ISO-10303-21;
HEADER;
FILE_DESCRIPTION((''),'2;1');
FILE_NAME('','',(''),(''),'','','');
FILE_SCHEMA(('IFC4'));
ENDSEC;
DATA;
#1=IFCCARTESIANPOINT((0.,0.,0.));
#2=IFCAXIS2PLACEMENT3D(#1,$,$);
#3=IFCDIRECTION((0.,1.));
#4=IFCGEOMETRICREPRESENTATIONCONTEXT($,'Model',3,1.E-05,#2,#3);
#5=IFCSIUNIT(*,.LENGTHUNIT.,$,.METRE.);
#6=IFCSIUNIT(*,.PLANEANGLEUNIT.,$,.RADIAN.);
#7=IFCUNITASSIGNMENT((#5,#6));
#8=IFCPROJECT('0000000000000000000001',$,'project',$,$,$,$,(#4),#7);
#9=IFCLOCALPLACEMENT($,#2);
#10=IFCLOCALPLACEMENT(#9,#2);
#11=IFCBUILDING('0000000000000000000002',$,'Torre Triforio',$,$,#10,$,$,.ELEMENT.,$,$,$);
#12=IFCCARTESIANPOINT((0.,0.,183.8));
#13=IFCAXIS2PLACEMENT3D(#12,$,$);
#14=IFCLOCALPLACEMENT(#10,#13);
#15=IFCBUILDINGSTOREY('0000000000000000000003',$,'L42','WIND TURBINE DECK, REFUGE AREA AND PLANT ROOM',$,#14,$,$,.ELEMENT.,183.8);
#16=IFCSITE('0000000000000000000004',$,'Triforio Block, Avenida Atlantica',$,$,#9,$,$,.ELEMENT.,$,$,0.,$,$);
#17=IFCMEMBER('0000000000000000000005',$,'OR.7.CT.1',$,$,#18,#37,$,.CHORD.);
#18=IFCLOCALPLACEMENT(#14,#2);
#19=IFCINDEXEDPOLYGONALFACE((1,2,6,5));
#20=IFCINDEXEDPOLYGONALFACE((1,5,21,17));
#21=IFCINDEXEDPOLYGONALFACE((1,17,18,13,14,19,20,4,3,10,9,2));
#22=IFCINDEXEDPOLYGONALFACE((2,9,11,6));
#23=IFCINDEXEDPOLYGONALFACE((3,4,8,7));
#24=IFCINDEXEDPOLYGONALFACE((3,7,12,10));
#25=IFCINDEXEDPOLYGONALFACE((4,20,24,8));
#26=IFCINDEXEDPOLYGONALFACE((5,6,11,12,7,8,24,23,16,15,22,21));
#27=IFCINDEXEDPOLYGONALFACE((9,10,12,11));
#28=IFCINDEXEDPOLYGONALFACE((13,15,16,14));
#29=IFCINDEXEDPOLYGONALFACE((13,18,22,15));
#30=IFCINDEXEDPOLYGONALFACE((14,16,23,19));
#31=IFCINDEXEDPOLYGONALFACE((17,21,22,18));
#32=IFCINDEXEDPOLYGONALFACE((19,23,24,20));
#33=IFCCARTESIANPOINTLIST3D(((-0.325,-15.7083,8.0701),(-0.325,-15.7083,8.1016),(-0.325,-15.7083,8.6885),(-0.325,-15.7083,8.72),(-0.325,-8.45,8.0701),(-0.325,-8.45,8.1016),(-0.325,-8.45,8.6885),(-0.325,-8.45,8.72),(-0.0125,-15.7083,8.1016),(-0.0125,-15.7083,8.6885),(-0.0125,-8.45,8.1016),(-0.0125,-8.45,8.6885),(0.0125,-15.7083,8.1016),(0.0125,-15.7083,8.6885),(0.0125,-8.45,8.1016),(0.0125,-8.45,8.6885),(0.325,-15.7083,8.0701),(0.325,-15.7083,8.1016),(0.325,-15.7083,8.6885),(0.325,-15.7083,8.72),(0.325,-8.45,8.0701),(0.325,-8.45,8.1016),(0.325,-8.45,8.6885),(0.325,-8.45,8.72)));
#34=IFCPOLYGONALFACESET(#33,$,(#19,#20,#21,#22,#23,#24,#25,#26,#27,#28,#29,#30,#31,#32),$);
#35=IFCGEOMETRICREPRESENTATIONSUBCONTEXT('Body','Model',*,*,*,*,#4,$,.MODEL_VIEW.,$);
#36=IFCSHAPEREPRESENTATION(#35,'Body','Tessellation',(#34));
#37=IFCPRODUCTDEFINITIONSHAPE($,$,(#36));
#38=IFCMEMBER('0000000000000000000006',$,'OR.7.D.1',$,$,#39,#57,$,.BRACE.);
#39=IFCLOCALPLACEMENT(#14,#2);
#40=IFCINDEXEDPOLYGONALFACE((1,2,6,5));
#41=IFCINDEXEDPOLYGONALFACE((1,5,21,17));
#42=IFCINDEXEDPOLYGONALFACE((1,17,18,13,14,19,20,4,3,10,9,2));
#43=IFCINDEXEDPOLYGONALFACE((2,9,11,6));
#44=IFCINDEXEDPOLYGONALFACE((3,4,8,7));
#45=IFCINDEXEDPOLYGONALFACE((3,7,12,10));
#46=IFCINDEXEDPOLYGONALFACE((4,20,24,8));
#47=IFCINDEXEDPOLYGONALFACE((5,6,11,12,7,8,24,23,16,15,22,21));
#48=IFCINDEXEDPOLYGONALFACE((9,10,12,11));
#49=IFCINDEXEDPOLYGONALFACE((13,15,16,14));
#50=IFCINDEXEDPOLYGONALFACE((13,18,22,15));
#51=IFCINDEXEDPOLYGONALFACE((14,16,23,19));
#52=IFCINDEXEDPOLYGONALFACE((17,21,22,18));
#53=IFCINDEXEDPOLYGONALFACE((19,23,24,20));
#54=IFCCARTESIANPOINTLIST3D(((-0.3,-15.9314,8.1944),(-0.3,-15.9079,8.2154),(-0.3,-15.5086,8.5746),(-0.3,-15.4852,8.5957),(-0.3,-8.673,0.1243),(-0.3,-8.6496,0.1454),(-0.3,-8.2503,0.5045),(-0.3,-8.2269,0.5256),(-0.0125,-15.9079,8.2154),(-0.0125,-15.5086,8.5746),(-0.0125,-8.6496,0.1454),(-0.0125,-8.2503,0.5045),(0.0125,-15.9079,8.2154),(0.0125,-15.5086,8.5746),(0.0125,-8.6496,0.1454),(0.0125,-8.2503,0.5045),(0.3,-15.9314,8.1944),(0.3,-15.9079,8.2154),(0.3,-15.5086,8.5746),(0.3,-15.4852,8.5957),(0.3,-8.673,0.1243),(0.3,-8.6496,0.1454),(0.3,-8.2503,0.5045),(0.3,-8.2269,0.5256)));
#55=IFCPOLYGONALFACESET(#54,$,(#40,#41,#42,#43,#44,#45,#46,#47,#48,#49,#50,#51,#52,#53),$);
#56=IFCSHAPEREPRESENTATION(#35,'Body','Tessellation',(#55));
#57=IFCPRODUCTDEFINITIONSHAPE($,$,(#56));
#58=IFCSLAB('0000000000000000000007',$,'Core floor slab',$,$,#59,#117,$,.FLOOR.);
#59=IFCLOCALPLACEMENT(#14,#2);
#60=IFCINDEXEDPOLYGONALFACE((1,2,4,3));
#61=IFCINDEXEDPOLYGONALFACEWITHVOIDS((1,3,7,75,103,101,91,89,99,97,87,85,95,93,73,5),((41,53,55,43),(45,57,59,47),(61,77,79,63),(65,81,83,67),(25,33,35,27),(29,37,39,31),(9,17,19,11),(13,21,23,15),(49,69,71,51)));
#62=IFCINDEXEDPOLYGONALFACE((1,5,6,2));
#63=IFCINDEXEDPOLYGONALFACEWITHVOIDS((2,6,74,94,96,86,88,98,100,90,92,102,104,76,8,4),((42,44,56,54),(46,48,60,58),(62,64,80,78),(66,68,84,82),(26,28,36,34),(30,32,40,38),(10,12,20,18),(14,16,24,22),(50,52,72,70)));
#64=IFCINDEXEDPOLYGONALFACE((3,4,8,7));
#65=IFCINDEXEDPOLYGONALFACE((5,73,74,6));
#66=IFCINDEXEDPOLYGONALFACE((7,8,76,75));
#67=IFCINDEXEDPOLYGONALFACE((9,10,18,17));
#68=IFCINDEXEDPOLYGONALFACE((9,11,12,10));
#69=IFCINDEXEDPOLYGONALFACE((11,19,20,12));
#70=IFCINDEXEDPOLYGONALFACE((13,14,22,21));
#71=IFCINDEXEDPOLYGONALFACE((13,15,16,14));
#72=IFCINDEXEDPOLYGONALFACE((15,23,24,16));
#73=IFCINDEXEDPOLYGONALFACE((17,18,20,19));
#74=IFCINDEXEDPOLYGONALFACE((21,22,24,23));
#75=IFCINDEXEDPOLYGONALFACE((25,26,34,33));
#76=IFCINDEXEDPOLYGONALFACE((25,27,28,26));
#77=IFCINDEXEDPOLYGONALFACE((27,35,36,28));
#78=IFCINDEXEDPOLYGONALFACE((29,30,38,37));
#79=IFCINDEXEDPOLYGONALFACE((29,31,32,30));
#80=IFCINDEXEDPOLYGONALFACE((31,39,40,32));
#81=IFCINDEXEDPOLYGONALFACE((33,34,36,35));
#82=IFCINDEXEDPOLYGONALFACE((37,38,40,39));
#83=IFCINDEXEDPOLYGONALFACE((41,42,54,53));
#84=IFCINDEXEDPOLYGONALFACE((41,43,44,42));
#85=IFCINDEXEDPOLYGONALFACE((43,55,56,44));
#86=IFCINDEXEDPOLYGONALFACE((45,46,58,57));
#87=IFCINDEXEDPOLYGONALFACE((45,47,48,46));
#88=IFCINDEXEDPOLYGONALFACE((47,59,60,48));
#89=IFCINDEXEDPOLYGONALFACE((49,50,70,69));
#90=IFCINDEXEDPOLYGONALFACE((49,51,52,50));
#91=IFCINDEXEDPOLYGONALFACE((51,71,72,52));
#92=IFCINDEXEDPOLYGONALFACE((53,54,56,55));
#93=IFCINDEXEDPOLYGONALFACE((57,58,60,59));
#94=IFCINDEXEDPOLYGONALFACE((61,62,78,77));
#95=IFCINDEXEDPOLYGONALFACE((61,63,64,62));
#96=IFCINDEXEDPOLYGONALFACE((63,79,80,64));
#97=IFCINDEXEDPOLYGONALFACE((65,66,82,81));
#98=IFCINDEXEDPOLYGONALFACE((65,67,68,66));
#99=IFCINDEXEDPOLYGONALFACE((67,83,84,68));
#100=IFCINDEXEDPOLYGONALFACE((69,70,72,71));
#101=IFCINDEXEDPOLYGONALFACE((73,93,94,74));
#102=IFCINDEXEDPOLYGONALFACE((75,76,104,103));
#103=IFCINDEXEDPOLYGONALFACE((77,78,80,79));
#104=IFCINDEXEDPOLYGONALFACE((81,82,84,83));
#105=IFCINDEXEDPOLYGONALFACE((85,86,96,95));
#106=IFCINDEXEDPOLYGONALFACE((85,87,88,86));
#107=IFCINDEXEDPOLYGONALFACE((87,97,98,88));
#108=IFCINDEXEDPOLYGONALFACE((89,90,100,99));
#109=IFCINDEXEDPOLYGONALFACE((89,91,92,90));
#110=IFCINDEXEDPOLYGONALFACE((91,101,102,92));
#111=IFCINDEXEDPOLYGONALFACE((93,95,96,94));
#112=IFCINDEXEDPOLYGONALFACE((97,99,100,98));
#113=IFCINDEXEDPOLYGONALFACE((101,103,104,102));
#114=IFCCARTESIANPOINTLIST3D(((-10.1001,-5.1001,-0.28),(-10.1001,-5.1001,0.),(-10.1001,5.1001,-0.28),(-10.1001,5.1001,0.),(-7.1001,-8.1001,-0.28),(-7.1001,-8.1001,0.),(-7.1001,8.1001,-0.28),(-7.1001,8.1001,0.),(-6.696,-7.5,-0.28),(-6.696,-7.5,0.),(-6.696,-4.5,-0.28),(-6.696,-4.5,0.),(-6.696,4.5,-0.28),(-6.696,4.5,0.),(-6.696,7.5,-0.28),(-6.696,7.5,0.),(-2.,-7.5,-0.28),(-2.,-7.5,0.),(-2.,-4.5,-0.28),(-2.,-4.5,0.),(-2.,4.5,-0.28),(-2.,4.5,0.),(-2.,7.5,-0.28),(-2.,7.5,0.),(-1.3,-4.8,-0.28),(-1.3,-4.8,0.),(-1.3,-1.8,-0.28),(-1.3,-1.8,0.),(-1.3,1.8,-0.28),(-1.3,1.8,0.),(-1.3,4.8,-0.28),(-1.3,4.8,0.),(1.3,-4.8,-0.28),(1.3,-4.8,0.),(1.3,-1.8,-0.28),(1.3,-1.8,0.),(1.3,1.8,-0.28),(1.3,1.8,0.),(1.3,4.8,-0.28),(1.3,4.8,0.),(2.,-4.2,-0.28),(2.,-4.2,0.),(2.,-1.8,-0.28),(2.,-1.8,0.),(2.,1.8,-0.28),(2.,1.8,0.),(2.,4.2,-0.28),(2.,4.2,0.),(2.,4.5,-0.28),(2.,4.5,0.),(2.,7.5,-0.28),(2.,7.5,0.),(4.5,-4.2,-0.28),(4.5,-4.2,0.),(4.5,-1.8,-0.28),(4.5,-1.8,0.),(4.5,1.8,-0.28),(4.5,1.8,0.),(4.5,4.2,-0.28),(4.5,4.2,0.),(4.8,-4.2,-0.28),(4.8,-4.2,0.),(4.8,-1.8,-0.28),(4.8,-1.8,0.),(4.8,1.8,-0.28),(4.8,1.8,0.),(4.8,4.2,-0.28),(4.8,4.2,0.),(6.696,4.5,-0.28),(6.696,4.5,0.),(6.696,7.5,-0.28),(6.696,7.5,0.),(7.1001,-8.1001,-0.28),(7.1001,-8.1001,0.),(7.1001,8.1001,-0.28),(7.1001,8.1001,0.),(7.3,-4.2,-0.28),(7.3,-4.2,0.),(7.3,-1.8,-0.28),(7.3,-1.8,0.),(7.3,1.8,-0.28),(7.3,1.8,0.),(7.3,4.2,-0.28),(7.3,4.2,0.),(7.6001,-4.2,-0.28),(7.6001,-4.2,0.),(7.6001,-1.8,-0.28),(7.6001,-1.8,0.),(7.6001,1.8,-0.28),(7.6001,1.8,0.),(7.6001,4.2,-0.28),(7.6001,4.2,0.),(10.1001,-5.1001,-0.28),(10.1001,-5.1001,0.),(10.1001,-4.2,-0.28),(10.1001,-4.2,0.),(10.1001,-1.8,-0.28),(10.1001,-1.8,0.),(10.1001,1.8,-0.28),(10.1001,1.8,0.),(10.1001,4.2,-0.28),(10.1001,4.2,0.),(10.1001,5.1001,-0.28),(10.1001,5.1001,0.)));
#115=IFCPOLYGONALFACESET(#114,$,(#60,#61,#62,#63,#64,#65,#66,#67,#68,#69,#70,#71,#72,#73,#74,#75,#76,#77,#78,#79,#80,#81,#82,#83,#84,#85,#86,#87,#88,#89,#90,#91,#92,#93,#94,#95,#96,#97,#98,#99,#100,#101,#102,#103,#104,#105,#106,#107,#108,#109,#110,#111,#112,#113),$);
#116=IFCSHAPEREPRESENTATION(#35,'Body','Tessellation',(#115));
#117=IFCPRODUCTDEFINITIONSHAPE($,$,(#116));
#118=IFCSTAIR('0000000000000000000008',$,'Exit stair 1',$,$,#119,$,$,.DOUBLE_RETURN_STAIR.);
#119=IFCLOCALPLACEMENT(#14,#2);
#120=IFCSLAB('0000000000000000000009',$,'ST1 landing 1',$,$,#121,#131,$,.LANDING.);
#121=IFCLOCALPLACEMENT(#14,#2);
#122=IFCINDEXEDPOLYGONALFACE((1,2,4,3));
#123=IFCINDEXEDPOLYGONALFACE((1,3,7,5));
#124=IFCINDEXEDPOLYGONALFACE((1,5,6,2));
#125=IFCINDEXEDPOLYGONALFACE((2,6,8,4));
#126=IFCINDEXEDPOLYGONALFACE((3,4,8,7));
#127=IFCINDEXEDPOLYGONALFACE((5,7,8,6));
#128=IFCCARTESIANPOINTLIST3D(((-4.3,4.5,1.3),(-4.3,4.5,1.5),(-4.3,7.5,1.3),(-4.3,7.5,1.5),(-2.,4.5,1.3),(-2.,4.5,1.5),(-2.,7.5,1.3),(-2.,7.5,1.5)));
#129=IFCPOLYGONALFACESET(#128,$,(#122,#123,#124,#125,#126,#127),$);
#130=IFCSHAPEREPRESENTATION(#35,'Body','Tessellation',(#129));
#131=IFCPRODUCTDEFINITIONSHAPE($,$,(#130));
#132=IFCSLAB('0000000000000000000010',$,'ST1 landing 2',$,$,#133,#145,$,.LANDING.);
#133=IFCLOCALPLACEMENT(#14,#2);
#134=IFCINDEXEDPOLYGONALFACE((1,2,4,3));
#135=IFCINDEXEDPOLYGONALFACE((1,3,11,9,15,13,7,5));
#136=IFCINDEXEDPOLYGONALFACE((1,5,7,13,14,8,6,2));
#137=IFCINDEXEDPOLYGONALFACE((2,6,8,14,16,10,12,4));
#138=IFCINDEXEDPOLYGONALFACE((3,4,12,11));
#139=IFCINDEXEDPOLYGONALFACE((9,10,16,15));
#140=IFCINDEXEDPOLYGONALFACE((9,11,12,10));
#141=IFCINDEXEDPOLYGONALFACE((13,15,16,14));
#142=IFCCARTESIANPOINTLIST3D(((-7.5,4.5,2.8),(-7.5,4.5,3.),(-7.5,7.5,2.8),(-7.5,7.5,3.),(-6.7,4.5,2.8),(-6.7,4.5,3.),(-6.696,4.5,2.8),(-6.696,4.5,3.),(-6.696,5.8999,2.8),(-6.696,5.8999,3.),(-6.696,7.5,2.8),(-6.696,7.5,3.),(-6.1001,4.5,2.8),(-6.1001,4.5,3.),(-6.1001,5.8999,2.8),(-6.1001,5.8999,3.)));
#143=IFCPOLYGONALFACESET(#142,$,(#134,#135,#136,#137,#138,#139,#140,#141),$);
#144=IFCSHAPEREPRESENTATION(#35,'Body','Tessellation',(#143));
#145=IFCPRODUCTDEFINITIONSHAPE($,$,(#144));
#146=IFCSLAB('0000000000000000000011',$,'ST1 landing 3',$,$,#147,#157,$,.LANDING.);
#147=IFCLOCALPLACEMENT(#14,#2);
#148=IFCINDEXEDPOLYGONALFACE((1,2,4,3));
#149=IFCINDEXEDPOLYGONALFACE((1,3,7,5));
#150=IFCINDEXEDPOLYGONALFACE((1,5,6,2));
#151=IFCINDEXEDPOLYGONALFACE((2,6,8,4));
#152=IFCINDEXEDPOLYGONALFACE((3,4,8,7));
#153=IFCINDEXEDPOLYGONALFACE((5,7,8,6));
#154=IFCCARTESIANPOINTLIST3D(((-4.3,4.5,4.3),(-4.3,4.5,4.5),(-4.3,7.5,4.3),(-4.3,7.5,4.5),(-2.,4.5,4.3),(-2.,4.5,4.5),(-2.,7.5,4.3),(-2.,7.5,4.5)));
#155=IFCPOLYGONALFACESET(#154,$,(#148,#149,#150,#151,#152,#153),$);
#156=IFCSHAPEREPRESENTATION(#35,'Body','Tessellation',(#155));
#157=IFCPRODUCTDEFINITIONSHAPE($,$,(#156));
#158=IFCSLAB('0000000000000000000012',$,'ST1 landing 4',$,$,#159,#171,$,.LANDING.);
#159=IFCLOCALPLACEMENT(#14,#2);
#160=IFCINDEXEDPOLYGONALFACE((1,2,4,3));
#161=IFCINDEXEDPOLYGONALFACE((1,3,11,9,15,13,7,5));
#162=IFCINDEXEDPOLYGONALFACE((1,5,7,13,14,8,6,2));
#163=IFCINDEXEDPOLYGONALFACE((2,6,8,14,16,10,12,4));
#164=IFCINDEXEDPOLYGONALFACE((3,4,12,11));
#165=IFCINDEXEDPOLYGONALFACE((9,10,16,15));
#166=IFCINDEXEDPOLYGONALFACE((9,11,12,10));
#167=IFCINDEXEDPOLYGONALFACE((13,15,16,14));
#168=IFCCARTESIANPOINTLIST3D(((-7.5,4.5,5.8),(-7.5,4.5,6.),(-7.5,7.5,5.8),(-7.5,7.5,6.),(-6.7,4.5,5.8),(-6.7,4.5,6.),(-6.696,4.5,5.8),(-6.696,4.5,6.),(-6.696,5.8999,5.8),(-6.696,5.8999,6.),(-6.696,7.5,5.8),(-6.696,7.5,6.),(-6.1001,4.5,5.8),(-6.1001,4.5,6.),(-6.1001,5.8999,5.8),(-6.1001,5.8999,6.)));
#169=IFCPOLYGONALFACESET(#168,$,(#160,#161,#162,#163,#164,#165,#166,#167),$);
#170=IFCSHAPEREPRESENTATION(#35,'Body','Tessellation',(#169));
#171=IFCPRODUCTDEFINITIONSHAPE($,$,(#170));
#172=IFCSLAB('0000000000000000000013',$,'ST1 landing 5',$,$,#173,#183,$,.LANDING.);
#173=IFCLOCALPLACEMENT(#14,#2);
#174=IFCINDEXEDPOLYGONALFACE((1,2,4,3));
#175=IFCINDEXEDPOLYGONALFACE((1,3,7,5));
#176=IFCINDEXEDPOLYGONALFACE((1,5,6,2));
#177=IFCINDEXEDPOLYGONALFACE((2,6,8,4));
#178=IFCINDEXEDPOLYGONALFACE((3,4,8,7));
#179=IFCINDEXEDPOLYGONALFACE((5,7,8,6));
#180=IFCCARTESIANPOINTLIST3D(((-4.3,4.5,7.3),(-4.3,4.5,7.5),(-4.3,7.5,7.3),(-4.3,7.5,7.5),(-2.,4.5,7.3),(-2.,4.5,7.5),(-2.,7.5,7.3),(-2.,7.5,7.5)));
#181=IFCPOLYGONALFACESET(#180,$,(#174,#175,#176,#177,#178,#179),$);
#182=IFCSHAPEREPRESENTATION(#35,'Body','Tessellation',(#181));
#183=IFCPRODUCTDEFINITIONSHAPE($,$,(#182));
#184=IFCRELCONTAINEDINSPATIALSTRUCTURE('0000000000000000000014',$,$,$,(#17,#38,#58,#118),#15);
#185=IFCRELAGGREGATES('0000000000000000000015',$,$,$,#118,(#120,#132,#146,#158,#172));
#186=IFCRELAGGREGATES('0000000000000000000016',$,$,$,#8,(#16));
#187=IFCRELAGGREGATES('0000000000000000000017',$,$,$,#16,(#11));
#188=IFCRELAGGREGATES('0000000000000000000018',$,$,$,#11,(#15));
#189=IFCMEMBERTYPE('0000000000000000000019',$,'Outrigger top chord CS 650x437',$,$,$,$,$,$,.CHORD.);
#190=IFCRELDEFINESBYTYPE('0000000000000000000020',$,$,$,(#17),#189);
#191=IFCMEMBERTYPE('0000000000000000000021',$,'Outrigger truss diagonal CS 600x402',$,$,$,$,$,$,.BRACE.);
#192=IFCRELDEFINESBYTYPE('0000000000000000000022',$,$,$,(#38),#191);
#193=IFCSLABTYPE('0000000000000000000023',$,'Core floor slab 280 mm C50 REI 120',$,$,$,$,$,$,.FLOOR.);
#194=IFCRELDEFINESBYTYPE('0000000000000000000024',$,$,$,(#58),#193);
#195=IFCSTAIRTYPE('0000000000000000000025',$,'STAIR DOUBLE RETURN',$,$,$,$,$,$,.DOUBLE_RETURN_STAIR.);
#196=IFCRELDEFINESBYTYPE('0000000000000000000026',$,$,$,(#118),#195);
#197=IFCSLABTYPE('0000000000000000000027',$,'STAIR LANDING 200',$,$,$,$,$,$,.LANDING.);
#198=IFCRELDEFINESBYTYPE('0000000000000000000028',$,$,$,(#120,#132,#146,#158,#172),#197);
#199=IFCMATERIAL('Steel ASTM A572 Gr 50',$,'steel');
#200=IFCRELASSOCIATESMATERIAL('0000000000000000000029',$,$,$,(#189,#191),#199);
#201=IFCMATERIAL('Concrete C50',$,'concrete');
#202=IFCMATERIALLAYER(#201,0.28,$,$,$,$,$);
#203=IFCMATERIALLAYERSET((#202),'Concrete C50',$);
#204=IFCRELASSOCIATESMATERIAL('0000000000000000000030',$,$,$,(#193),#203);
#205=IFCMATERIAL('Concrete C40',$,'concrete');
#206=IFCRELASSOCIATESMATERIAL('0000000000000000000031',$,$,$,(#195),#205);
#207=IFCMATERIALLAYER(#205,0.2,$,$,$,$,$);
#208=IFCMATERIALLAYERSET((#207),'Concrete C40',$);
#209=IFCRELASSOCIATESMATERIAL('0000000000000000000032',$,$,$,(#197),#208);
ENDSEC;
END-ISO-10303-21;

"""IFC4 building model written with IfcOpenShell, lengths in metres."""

from ifc_helpers import new_model, si_unit, direction, frame, origin, origin_2d, place, context, subcontext, project, spatial, polyline, i_section, outline, extrude, material, layer, layer_set, material_profile, profile_set, type_object, element, aggregate, save


model = new_model("IFC4")

# Units and contexts
model_context = context("Model", 3, precision=1e-05, world=origin(), true_north=direction((0.0, 1.0)))
body_context = subcontext(model_context, "Body", "Model", "MODEL_VIEW")
ifc_project = project(units=[si_unit("LENGTHUNIT", "METRE"), si_unit("PLANEANGLEUNIT", "RADIAN")], contexts=[model_context])

# Site, building, storey
site_placement = place(None, origin())
site = spatial("IfcSite", under=ifc_project, at=site_placement, Name="Triforio Block, Avenida Atlantica", CompositionType="ELEMENT", RefElevation=0.0)
building_placement = place(site_placement, origin())
building = spatial("IfcBuilding", under=site, at=building_placement, Name="Torre Triforio", CompositionType="ELEMENT")
storey_placement = place(building_placement, frame((0.0, 0.0, 183.8)))
storey = spatial("IfcBuildingStorey", under=building, at=storey_placement, Name="L42", Description="WIND TURBINE DECK, REFUGE AREA AND PLANT ROOM", CompositionType="ELEMENT", Elevation=183.8)

# Members
ifc_material_1 = material(Name="Steel ASTM A572 Gr 50", Category="steel")
ifc_material_profile_1 = material_profile(ifc_material_1, i_section(OverallWidth=0.6499, OverallDepth=0.6499, WebThickness=0.0249, FlangeThickness=0.0315, at=origin_2d()), Name="CS 650x437")
ifc_profile_set_1 = profile_set([ifc_material_profile_1], Name="Steel ASTM A572 Gr 50")
member_type_1 = type_object("IfcMemberType", Name="Outrigger top chord CS 650x437", PredefinedType="CHORD", material=ifc_profile_set_1)
member_1_placement = place(storey_placement, frame((0.0, -8.45, 8.395), z_axis=(0.0, -1.0, 0.0), x_axis=(1.0, 0.0, 0.0)))
element("IfcMember", 1, at=member_1_placement, inside=storey, type_object=member_type_1, Name="OR.7.CT.1", PredefinedType="CHORD", context=body_context, shape_type="SweptSolid", body=[
    extrude(i_section(OverallWidth=0.6499, OverallDepth=0.6499, WebThickness=0.0249, FlangeThickness=0.0315, at=origin_2d()), origin(), (0.0, 0.0, 1.0), 7.2583),
])
ifc_material_profile_2 = material_profile(ifc_material_1, i_section(OverallWidth=0.6001, OverallDepth=0.6001, WebThickness=0.0249, FlangeThickness=0.0315, at=origin_2d()), Name="CS 600x402")
ifc_profile_set_2 = profile_set([ifc_material_profile_2], Name="Steel ASTM A572 Gr 50")
member_type_2 = type_object("IfcMemberType", Name="Outrigger truss diagonal CS 600x402", PredefinedType="BRACE", material=ifc_profile_set_2)
member_2_placement = place(storey_placement, frame((0.0, -8.45, 0.325), z_axis=(0.0, -0.668722, 0.743512), x_axis=(1.0, 0.0, 0.0)))
element("IfcMember", 2, at=member_2_placement, inside=storey, type_object=member_type_2, Name="OR.7.D.1", PredefinedType="BRACE", context=body_context, shape_type="SweptSolid", body=[
    extrude(i_section(OverallWidth=0.6001, OverallDepth=0.6001, WebThickness=0.0249, FlangeThickness=0.0315, at=origin_2d()), origin(), (0.0, 0.0, 1.0), 10.854),
])

# Slab
ifc_material_2 = material(Name="Concrete C50", Category="concrete")
ifc_layer_1 = layer(ifc_material_2, 0.28)
ifc_layer_set_1 = layer_set([ifc_layer_1], Name="Concrete C50")
slab_type_1 = type_object("IfcSlabType", Name="Core floor slab 280 mm C50 REI 120", PredefinedType="FLOOR", material=ifc_layer_set_1)
slab_1_placement = place(storey_placement, frame((0.0, 0.0, -0.28)))
element("IfcSlab", 3, at=slab_1_placement, inside=storey, type_object=slab_type_1, Name="Core floor slab", PredefinedType="FLOOR", context=body_context, shape_type="SweptSolid", body=[
    extrude(outline(polyline([(10.1001, -5.1001), (7.1001, -8.1001), (-7.1001, -8.1001), (-10.1001, -5.1001), (-10.1001, 5.1001), (-7.1001, 8.1001), (7.1001, 8.1001), (10.1001, 5.1001), (10.1001, 4.2), (7.6001, 4.2), (7.6001, 1.8), (10.1001, 1.8), (10.1001, -1.8), (7.6001, -1.8), (7.6001, -4.2), (10.1001, -4.2), (10.1001, -5.1001)]), holes=[polyline([(-6.696, -4.5), (-6.696, -7.5), (-2.0, -7.5), (-2.0, -4.5), (-6.696, -4.5)]), polyline([(-1.3, -1.8), (-1.3, -4.8), (1.3, -4.8), (1.3, -1.8), (-1.3, -1.8)]), polyline([(2.0, -1.8), (2.0, -4.2), (4.5, -4.2), (4.5, -1.8), (2.0, -1.8)]), polyline([(4.5, 4.2), (2.0, 4.2), (2.0, 1.8), (4.5, 1.8), (4.5, 4.2)]), polyline([(1.3, 4.8), (-1.3, 4.8), (-1.3, 1.8), (1.3, 1.8), (1.3, 4.8)]), polyline([(-6.696, 7.5), (-6.696, 4.5), (-2.0, 4.5), (-2.0, 7.5), (-6.696, 7.5)]), polyline([(7.3, -1.8), (4.8, -1.8), (4.8, -4.2), (7.3, -4.2), (7.3, -1.8)]), polyline([(4.8, 4.2), (4.8, 1.8), (7.3, 1.8), (7.3, 4.2), (4.8, 4.2)]), polyline([(6.696, 7.5), (2.0, 7.5), (2.0, 4.5), (6.696, 4.5), (6.696, 7.5)])]), origin(), (0.0, 0.0, 1.0), 0.28),
])

# Stair, slabs
ifc_material_3 = material(Name="Concrete C40", Category="concrete")
stair_type = type_object("IfcStairType", Name="STAIR DOUBLE RETURN", PredefinedType="DOUBLE_RETURN_STAIR", material=ifc_material_3)
stair_1_placement = place(storey_placement, origin())
stair_1 = element("IfcStair", 4, at=stair_1_placement, inside=storey, type_object=stair_type, Name="Exit stair 1", PredefinedType="DOUBLE_RETURN_STAIR")
ifc_layer_2 = layer(ifc_material_3, 0.2)
ifc_layer_set_2 = layer_set([ifc_layer_2], Name="Concrete C40")
slab_type_2 = type_object("IfcSlabType", Name="STAIR LANDING 200", PredefinedType="LANDING", material=ifc_layer_set_2)
slab_2_placement = place(storey_placement, frame((0.0, 0.0, 1.3)))
slab_2 = element("IfcSlab", 5, at=slab_2_placement, type_object=slab_type_2, Name="ST1 landing 1", PredefinedType="LANDING", context=body_context, shape_type="SweptSolid", body=[
    extrude(outline(polyline([(-2.0, 4.5), (-2.0, 7.5), (-4.3, 7.5), (-4.3, 4.5), (-2.0, 4.5)])), origin(), (0.0, 0.0, 1.0), 0.2),
])
slab_3_placement = place(storey_placement, frame((0.0, 0.0, 2.8)))
slab_3 = element("IfcSlab", 6, at=slab_3_placement, type_object=slab_type_2, Name="ST1 landing 2", PredefinedType="LANDING", context=body_context, shape_type="SweptSolid", body=[
    extrude(outline(polyline([(-6.1001, 5.8999), (-6.1001, 4.5), (-6.696, 4.5), (-6.7, 4.5), (-7.5, 4.5), (-7.5, 7.5), (-6.696, 7.5), (-6.696, 5.8999), (-6.1001, 5.8999)])), origin(), (0.0, 0.0, 1.0), 0.2),
])
slab_4_placement = place(storey_placement, frame((0.0, 0.0, 4.3)))
slab_4 = element("IfcSlab", 7, at=slab_4_placement, type_object=slab_type_2, Name="ST1 landing 3", PredefinedType="LANDING", context=body_context, shape_type="SweptSolid", body=[
    extrude(outline(polyline([(-2.0, 4.5), (-2.0, 7.5), (-4.3, 7.5), (-4.3, 4.5), (-2.0, 4.5)])), origin(), (0.0, 0.0, 1.0), 0.2),
])
slab_5_placement = place(storey_placement, frame((0.0, 0.0, 5.8)))
slab_5 = element("IfcSlab", 8, at=slab_5_placement, type_object=slab_type_2, Name="ST1 landing 4", PredefinedType="LANDING", context=body_context, shape_type="SweptSolid", body=[
    extrude(outline(polyline([(-6.1001, 5.8999), (-6.1001, 4.5), (-6.696, 4.5), (-6.7, 4.5), (-7.5, 4.5), (-7.5, 7.5), (-6.696, 7.5), (-6.696, 5.8999), (-6.1001, 5.8999)])), origin(), (0.0, 0.0, 1.0), 0.2),
])
slab_6_placement = place(storey_placement, frame((0.0, 0.0, 7.3)))
slab_6 = element("IfcSlab", 9, at=slab_6_placement, type_object=slab_type_2, Name="ST1 landing 5", PredefinedType="LANDING", context=body_context, shape_type="SweptSolid", body=[
    extrude(outline(polyline([(-2.0, 4.5), (-2.0, 7.5), (-4.3, 7.5), (-4.3, 4.5), (-2.0, 4.5)])), origin(), (0.0, 0.0, 1.0), 0.2),
])
aggregate(stair_1, [slab_2, slab_3, slab_4, slab_5, slab_6])

save(model, "model.ifc")
